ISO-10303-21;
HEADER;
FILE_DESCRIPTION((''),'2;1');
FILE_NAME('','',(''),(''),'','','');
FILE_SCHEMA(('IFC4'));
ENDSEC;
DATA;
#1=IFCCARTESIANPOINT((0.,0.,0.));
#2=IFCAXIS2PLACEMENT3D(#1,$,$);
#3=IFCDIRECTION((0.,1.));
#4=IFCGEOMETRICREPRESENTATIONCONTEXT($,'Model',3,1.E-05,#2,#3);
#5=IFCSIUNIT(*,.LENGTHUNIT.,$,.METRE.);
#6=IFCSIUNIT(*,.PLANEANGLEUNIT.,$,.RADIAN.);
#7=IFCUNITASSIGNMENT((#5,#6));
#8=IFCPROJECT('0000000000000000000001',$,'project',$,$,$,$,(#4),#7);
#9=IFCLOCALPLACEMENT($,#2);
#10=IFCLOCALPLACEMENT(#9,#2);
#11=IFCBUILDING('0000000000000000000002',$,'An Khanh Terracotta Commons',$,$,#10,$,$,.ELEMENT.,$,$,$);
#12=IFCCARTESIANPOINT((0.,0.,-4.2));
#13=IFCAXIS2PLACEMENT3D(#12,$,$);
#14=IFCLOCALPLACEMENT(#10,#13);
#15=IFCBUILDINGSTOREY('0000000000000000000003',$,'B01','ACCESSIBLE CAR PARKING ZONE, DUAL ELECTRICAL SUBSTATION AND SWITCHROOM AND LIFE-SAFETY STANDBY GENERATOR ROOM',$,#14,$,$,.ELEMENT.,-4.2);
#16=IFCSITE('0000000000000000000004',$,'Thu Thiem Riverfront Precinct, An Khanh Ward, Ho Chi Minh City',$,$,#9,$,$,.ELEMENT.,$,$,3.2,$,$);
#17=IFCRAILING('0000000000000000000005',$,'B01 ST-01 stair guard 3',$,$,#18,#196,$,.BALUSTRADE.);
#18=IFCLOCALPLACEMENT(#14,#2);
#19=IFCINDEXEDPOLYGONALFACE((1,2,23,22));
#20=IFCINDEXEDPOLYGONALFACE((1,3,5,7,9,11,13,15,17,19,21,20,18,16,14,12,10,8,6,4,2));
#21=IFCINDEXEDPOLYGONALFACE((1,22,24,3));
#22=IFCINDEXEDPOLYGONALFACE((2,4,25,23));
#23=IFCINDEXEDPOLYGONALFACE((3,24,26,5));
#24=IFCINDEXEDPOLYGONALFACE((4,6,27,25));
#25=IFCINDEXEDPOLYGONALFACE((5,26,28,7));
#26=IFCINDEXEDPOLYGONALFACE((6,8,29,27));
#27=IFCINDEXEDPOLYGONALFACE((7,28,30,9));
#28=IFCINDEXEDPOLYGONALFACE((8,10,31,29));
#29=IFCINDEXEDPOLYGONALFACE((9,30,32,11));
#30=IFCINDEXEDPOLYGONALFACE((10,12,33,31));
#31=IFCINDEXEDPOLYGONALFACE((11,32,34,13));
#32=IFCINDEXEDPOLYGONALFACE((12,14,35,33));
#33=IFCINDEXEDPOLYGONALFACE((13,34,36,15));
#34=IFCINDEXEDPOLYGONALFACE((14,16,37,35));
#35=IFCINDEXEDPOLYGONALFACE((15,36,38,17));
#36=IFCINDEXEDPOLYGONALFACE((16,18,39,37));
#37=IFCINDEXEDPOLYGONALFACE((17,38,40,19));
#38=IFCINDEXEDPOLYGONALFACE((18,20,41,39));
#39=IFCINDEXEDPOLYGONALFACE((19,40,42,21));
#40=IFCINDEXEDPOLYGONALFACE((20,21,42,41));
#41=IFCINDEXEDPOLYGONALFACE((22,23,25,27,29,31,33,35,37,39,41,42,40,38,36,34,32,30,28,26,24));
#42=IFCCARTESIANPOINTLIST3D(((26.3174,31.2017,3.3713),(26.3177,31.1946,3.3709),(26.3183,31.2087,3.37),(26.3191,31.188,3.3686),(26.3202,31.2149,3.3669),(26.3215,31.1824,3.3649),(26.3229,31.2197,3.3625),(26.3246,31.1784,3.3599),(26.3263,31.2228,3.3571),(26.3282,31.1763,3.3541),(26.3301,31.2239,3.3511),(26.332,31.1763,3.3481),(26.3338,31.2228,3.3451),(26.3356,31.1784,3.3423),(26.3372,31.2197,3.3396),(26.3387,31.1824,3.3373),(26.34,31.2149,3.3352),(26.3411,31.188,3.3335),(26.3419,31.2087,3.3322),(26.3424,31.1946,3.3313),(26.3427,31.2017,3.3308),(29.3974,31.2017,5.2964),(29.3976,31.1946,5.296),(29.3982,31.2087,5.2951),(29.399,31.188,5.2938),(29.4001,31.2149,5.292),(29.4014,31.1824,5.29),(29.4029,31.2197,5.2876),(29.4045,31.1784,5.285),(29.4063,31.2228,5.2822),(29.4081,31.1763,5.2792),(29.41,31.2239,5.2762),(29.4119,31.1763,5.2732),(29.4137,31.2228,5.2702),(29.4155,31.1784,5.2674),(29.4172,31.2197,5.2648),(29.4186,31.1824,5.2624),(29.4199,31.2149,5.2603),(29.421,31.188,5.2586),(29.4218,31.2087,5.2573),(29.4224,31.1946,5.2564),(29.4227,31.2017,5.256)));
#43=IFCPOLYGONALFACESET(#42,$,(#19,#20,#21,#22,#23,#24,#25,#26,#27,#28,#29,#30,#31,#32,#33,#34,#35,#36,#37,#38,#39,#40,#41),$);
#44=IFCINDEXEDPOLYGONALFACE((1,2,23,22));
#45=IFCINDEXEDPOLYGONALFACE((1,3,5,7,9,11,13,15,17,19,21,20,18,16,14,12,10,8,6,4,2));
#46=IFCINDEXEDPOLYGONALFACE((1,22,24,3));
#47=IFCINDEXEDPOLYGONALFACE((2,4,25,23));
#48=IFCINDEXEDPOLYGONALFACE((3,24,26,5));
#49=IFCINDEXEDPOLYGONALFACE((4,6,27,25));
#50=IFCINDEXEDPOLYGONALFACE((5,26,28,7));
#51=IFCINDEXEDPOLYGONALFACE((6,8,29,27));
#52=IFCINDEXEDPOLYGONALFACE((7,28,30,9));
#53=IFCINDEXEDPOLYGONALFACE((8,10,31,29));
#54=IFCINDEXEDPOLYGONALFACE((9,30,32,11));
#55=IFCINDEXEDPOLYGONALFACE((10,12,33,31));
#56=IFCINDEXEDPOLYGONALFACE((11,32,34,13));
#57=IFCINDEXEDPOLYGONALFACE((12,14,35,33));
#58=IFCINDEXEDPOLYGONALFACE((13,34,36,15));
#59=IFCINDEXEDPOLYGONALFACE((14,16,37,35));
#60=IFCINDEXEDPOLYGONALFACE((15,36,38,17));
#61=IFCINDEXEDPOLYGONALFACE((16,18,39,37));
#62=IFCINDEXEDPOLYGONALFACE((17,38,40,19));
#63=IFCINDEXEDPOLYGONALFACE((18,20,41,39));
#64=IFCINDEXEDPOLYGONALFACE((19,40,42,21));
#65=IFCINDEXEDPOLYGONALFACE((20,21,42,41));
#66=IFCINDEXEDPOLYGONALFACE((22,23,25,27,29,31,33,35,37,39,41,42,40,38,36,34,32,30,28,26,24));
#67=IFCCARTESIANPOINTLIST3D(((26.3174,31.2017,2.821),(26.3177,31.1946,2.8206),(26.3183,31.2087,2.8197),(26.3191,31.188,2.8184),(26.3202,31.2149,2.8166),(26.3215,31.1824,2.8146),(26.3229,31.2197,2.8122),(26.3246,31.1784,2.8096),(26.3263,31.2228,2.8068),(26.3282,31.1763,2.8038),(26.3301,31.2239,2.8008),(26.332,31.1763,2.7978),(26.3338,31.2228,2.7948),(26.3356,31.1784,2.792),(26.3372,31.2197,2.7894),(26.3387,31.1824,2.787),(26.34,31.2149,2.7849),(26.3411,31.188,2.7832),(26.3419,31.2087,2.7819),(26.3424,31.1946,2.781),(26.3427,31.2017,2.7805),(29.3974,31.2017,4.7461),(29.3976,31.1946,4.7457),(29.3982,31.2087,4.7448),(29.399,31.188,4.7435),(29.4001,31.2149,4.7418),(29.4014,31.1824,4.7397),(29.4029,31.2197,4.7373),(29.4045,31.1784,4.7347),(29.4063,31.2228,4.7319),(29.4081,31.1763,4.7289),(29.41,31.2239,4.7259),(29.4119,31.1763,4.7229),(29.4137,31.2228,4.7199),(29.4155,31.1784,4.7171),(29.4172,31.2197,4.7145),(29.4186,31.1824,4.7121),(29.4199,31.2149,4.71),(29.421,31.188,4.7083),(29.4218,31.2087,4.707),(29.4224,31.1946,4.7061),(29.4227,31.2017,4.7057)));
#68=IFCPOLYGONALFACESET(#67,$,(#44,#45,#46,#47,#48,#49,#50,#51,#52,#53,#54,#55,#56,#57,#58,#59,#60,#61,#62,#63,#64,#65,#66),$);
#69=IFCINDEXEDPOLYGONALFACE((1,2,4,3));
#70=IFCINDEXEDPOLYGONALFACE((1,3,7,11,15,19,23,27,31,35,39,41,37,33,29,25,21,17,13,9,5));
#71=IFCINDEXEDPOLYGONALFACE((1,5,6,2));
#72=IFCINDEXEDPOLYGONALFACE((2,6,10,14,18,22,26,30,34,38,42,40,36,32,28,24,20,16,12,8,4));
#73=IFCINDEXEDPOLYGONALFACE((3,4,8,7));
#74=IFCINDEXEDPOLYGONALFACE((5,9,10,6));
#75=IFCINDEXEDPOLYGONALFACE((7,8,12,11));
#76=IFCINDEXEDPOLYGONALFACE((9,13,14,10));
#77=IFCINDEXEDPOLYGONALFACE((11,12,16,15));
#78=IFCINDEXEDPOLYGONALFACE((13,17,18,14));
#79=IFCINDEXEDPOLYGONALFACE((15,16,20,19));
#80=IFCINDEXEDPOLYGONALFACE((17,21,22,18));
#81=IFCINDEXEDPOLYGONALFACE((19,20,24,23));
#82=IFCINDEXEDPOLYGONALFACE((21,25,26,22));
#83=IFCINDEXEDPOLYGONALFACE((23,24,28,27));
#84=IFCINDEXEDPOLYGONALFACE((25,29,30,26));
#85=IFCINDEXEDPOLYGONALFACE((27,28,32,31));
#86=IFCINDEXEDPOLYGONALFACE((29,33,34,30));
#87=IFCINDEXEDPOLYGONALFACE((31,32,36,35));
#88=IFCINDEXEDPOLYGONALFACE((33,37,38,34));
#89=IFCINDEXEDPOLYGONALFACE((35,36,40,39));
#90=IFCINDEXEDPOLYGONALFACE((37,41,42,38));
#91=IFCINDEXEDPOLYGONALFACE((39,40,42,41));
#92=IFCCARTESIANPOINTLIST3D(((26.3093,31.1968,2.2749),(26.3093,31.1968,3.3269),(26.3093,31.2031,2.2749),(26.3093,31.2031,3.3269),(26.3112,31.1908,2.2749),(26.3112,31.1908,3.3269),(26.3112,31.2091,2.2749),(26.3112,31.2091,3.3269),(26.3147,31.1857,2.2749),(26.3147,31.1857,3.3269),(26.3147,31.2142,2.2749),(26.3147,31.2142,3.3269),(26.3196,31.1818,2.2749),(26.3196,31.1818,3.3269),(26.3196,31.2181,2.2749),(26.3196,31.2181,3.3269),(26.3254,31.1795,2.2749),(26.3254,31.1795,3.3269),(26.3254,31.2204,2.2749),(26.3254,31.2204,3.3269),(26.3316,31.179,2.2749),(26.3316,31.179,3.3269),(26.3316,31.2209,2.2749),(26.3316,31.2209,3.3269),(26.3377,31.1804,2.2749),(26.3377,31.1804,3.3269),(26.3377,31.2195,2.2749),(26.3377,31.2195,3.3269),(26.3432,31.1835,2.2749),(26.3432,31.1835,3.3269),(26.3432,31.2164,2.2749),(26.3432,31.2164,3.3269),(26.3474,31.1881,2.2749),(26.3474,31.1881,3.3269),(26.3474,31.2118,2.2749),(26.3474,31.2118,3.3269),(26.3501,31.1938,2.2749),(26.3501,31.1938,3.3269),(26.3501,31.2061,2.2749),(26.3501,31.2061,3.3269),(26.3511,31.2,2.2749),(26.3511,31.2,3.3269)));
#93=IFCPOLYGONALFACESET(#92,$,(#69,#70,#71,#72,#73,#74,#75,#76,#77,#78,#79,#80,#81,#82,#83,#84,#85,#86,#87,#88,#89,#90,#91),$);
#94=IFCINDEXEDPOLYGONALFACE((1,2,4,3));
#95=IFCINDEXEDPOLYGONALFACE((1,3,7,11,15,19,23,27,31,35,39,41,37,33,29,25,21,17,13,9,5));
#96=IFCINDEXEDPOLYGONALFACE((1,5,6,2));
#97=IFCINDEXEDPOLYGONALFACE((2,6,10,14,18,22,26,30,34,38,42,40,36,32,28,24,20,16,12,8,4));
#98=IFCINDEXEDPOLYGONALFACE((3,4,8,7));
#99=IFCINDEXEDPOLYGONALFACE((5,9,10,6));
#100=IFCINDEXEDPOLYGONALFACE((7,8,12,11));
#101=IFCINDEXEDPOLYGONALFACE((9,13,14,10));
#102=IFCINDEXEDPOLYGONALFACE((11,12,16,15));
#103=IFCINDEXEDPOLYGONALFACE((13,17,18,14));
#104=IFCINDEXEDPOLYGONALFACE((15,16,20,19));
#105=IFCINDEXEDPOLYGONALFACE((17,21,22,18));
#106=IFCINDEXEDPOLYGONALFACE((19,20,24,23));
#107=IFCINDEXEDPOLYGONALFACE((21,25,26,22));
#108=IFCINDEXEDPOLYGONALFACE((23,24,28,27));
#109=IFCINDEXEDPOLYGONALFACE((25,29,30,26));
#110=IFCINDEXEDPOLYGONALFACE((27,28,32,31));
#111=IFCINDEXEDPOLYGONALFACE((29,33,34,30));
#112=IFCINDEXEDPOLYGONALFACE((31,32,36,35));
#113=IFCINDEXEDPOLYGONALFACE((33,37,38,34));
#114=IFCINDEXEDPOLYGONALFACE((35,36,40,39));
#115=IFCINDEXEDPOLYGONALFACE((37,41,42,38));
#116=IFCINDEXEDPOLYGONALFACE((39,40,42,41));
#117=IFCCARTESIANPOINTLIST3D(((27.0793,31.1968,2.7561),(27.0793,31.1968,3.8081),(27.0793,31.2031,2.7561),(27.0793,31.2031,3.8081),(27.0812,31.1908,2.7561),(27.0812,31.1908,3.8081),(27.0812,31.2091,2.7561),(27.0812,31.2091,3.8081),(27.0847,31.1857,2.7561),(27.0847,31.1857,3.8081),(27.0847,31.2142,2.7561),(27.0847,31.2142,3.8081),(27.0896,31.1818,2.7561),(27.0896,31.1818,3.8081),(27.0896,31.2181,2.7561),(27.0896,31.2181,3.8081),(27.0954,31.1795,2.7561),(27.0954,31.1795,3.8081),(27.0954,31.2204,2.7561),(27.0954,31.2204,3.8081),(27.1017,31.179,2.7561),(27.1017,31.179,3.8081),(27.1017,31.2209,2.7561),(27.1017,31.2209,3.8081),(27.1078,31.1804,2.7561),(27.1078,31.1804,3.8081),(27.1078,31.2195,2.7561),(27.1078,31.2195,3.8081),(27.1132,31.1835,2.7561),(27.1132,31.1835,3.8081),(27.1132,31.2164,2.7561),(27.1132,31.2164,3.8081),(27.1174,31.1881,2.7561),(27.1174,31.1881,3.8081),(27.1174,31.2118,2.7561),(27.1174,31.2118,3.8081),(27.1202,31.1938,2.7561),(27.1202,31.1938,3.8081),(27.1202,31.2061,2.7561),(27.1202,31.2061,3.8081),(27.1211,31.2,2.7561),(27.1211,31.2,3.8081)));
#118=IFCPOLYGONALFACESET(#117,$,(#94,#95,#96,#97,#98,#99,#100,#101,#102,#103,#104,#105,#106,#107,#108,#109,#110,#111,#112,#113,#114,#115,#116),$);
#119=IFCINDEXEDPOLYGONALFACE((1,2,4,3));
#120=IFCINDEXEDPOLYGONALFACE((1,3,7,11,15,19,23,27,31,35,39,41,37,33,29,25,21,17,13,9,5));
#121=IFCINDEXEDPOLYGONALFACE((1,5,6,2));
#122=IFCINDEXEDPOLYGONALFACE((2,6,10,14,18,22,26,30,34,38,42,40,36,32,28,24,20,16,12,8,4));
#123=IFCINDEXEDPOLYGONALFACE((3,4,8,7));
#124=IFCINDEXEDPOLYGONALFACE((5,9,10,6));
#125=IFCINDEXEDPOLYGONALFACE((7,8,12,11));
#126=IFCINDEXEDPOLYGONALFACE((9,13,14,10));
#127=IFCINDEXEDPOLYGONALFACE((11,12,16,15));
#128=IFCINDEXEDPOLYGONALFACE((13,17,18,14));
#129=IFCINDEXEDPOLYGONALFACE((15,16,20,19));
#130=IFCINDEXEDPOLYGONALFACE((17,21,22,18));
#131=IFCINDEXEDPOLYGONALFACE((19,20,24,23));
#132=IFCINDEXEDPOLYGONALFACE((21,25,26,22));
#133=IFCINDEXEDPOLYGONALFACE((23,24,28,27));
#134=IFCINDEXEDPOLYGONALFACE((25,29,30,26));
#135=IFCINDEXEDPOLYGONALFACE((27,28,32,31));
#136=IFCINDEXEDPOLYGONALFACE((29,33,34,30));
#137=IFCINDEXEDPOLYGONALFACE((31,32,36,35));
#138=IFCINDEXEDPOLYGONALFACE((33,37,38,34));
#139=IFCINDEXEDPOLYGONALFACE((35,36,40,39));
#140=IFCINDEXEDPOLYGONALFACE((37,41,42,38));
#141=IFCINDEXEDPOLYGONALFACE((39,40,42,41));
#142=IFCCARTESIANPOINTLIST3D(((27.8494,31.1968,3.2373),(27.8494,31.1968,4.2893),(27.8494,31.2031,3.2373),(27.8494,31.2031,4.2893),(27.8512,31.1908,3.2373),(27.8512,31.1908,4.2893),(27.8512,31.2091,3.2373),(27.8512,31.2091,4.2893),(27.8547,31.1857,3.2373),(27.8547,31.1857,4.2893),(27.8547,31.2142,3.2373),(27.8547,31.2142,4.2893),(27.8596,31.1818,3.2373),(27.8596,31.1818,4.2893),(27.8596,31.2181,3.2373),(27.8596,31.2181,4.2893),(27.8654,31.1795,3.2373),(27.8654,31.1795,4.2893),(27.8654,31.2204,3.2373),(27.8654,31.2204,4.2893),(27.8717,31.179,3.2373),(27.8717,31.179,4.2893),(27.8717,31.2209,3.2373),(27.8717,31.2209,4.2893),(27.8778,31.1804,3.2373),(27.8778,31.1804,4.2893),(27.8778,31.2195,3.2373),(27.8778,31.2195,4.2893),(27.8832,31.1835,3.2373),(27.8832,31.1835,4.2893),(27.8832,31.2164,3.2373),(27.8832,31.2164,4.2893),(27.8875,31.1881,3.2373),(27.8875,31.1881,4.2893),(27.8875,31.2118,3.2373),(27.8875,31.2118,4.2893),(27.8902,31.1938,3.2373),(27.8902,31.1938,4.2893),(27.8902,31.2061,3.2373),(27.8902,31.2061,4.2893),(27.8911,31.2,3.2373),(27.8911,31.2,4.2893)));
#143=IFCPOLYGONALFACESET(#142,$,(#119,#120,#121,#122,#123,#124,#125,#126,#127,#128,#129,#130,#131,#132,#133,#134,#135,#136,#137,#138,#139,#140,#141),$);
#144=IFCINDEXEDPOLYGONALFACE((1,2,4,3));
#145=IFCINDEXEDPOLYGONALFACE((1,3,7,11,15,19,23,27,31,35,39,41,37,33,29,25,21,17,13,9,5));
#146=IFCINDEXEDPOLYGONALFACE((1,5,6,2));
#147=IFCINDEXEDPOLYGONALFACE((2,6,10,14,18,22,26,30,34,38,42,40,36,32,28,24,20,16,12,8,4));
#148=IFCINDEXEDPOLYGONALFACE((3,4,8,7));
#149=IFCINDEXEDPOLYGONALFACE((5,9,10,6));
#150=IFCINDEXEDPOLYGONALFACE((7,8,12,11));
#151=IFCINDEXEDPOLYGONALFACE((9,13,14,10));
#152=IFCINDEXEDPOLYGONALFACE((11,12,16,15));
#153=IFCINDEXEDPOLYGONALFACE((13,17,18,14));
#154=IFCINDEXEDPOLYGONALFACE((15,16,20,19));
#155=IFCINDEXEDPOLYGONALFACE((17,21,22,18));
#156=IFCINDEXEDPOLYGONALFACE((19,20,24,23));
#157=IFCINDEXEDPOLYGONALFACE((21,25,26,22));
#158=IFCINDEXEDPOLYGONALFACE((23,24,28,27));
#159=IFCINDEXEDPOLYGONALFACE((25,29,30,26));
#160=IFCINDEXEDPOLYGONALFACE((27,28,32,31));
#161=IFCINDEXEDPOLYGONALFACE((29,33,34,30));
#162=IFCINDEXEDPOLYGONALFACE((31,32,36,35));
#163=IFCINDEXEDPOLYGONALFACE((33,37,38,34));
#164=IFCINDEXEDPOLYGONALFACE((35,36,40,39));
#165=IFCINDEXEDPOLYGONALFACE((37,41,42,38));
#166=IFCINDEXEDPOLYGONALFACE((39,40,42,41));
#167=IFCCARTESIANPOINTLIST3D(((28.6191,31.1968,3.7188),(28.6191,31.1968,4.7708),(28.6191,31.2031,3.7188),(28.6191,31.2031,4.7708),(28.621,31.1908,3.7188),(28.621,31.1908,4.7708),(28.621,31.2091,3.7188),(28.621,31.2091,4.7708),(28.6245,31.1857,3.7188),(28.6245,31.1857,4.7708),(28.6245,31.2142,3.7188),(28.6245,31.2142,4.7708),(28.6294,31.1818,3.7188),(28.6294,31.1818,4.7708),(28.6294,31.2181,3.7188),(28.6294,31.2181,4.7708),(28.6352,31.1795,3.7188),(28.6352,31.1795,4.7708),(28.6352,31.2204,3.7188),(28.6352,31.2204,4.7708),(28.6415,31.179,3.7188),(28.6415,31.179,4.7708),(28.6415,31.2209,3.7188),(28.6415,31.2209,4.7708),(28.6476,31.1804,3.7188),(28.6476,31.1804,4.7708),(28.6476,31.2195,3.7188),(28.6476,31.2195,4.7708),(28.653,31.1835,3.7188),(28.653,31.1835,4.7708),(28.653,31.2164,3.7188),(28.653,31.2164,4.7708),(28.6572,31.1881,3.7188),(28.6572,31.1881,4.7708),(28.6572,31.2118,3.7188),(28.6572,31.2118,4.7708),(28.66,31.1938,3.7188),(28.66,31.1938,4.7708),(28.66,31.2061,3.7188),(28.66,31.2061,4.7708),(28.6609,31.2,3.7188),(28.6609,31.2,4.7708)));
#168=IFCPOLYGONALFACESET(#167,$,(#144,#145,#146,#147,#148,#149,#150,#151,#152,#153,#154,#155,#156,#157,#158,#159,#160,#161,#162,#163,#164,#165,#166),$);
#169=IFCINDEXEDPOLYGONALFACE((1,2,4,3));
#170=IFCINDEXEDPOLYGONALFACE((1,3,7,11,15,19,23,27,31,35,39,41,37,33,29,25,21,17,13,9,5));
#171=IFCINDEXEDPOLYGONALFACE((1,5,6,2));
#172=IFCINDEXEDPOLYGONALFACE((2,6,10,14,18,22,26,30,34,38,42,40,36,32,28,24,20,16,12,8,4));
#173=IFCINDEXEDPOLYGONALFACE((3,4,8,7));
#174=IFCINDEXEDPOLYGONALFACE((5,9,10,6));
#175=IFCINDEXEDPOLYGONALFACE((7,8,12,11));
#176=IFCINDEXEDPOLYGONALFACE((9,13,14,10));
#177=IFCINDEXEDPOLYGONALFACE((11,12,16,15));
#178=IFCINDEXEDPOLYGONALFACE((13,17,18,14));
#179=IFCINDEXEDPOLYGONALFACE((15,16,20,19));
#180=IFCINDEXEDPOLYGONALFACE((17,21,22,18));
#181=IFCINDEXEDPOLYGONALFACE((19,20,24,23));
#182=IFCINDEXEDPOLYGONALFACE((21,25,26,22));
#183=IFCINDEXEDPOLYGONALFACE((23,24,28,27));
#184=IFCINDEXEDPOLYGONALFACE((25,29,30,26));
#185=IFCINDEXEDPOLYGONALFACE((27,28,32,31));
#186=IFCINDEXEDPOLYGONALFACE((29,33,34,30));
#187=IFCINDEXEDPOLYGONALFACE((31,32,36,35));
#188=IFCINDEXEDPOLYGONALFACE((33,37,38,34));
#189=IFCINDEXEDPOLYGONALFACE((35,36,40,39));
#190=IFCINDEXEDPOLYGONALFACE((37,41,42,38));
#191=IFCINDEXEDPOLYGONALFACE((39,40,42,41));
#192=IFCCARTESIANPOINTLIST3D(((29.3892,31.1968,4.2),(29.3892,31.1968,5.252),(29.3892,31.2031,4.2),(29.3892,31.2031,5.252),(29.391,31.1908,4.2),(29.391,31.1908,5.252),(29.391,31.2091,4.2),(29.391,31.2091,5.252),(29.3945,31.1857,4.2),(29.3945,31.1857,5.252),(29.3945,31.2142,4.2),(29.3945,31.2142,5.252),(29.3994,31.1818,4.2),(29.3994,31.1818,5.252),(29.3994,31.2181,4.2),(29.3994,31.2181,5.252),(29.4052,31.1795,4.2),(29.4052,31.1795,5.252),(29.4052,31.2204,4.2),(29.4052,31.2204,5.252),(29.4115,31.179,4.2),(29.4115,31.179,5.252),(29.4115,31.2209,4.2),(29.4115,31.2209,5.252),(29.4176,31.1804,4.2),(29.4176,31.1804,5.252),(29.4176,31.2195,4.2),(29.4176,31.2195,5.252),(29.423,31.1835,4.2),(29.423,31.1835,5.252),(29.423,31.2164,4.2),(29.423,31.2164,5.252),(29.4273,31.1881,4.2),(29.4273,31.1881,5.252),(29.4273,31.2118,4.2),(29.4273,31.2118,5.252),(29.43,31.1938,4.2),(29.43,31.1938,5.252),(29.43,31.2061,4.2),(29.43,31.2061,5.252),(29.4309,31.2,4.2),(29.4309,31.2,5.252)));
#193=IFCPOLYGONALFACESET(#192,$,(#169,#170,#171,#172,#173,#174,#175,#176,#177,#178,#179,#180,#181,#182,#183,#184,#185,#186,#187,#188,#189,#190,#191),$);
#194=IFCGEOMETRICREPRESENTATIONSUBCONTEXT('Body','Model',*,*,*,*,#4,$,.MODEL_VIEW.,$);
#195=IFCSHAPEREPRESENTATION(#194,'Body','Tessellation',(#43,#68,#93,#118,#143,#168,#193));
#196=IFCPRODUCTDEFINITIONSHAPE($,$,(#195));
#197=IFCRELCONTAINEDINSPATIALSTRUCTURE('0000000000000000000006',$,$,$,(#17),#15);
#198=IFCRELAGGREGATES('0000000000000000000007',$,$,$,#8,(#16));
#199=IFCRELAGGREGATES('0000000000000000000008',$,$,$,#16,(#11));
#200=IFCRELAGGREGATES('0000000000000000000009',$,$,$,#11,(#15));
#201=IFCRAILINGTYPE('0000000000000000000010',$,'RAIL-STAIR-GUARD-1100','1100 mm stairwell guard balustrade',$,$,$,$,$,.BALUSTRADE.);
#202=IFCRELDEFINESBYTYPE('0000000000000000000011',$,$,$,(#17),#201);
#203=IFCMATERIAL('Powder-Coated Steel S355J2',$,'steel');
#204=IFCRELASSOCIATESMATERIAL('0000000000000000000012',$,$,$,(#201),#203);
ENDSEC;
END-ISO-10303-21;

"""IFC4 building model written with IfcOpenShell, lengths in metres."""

from ifc_helpers import new_model, si_unit, direction, frame, origin, origin_2d, place, context, subcontext, project, spatial, circle, extrude, material, type_object, element, save


model = new_model("IFC4")

# Units and contexts
model_context = context("Model", 3, precision=1e-05, world=origin(), true_north=direction((0.0, 1.0)))
body_context = subcontext(model_context, "Body", "Model", "MODEL_VIEW")
ifc_project = project(units=[si_unit("LENGTHUNIT", "METRE"), si_unit("PLANEANGLEUNIT", "RADIAN")], contexts=[model_context])

# Site, building, storey
site_placement = place(None, origin())
site = spatial("IfcSite", under=ifc_project, at=site_placement, Name="Thu Thiem Riverfront Precinct, An Khanh Ward, Ho Chi Minh City", CompositionType="ELEMENT", RefElevation=3.2)
building_placement = place(site_placement, origin())
building = spatial("IfcBuilding", under=site, at=building_placement, Name="An Khanh Terracotta Commons", CompositionType="ELEMENT")
storey_placement = place(building_placement, frame((0.0, 0.0, -4.2)))
storey = spatial("IfcBuildingStorey", under=building, at=storey_placement, Name="B01", Description="ACCESSIBLE CAR PARKING ZONE, DUAL ELECTRICAL SUBSTATION AND SWITCHROOM AND LIFE-SAFETY STANDBY GENERATOR ROOM", CompositionType="ELEMENT", Elevation=-4.2)

# Railing
ifc_material_1 = material(Name="Powder-Coated Steel S355J2", Category="steel")
railing_type_1 = type_object("IfcRailingType", Name="RAIL-STAIR-GUARD-1100", Description="1100 mm stairwell guard balustrade", PredefinedType="BALUSTRADE", material=ifc_material_1)
railing_1_placement = place(storey_placement, frame((26.3301, 31.2, 2.2749)))
element("IfcRailing", 1, at=railing_1_placement, inside=storey, type_object=railing_type_1, Name="B01 ST-01 stair guard 3", PredefinedType="BALUSTRADE", context=body_context, shape_type="SweptSolid", body=[
    extrude(circle(Radius=0.0239, at=origin_2d()), frame((0.0, 0.0, 1.0762), z_axis=(0.847979, 0.0, 0.530029), x_axis=(0.0, 1.0, 0.0)), (0.0, 0.0, 1.0), 3.6321),
    extrude(circle(Radius=0.0239, at=origin_2d()), frame((0.0, 0.0, 0.5259), z_axis=(0.847979, 0.0, 0.530029), x_axis=(0.0, 1.0, 0.0)), (0.0, 0.0, 1.0), 3.6321),
    extrude(circle(Radius=0.021, at=origin_2d()), origin(), (0.0, 0.0, 1.0), 1.052),
    extrude(circle(Radius=0.021, at=origin_2d()), frame((0.77, 0.0, 0.4812)), (0.0, 0.0, 1.0), 1.052),
    extrude(circle(Radius=0.021, at=origin_2d()), frame((1.54, 0.0, 0.9624)), (0.0, 0.0, 1.0), 1.052),
    extrude(circle(Radius=0.021, at=origin_2d()), frame((2.3098, 0.0, 1.4438)), (0.0, 0.0, 1.0), 1.052),
    extrude(circle(Radius=0.021, at=origin_2d()), frame((3.0798, 0.0, 1.925)), (0.0, 0.0, 1.0), 1.052),
])

save(model, "model.ifc")
